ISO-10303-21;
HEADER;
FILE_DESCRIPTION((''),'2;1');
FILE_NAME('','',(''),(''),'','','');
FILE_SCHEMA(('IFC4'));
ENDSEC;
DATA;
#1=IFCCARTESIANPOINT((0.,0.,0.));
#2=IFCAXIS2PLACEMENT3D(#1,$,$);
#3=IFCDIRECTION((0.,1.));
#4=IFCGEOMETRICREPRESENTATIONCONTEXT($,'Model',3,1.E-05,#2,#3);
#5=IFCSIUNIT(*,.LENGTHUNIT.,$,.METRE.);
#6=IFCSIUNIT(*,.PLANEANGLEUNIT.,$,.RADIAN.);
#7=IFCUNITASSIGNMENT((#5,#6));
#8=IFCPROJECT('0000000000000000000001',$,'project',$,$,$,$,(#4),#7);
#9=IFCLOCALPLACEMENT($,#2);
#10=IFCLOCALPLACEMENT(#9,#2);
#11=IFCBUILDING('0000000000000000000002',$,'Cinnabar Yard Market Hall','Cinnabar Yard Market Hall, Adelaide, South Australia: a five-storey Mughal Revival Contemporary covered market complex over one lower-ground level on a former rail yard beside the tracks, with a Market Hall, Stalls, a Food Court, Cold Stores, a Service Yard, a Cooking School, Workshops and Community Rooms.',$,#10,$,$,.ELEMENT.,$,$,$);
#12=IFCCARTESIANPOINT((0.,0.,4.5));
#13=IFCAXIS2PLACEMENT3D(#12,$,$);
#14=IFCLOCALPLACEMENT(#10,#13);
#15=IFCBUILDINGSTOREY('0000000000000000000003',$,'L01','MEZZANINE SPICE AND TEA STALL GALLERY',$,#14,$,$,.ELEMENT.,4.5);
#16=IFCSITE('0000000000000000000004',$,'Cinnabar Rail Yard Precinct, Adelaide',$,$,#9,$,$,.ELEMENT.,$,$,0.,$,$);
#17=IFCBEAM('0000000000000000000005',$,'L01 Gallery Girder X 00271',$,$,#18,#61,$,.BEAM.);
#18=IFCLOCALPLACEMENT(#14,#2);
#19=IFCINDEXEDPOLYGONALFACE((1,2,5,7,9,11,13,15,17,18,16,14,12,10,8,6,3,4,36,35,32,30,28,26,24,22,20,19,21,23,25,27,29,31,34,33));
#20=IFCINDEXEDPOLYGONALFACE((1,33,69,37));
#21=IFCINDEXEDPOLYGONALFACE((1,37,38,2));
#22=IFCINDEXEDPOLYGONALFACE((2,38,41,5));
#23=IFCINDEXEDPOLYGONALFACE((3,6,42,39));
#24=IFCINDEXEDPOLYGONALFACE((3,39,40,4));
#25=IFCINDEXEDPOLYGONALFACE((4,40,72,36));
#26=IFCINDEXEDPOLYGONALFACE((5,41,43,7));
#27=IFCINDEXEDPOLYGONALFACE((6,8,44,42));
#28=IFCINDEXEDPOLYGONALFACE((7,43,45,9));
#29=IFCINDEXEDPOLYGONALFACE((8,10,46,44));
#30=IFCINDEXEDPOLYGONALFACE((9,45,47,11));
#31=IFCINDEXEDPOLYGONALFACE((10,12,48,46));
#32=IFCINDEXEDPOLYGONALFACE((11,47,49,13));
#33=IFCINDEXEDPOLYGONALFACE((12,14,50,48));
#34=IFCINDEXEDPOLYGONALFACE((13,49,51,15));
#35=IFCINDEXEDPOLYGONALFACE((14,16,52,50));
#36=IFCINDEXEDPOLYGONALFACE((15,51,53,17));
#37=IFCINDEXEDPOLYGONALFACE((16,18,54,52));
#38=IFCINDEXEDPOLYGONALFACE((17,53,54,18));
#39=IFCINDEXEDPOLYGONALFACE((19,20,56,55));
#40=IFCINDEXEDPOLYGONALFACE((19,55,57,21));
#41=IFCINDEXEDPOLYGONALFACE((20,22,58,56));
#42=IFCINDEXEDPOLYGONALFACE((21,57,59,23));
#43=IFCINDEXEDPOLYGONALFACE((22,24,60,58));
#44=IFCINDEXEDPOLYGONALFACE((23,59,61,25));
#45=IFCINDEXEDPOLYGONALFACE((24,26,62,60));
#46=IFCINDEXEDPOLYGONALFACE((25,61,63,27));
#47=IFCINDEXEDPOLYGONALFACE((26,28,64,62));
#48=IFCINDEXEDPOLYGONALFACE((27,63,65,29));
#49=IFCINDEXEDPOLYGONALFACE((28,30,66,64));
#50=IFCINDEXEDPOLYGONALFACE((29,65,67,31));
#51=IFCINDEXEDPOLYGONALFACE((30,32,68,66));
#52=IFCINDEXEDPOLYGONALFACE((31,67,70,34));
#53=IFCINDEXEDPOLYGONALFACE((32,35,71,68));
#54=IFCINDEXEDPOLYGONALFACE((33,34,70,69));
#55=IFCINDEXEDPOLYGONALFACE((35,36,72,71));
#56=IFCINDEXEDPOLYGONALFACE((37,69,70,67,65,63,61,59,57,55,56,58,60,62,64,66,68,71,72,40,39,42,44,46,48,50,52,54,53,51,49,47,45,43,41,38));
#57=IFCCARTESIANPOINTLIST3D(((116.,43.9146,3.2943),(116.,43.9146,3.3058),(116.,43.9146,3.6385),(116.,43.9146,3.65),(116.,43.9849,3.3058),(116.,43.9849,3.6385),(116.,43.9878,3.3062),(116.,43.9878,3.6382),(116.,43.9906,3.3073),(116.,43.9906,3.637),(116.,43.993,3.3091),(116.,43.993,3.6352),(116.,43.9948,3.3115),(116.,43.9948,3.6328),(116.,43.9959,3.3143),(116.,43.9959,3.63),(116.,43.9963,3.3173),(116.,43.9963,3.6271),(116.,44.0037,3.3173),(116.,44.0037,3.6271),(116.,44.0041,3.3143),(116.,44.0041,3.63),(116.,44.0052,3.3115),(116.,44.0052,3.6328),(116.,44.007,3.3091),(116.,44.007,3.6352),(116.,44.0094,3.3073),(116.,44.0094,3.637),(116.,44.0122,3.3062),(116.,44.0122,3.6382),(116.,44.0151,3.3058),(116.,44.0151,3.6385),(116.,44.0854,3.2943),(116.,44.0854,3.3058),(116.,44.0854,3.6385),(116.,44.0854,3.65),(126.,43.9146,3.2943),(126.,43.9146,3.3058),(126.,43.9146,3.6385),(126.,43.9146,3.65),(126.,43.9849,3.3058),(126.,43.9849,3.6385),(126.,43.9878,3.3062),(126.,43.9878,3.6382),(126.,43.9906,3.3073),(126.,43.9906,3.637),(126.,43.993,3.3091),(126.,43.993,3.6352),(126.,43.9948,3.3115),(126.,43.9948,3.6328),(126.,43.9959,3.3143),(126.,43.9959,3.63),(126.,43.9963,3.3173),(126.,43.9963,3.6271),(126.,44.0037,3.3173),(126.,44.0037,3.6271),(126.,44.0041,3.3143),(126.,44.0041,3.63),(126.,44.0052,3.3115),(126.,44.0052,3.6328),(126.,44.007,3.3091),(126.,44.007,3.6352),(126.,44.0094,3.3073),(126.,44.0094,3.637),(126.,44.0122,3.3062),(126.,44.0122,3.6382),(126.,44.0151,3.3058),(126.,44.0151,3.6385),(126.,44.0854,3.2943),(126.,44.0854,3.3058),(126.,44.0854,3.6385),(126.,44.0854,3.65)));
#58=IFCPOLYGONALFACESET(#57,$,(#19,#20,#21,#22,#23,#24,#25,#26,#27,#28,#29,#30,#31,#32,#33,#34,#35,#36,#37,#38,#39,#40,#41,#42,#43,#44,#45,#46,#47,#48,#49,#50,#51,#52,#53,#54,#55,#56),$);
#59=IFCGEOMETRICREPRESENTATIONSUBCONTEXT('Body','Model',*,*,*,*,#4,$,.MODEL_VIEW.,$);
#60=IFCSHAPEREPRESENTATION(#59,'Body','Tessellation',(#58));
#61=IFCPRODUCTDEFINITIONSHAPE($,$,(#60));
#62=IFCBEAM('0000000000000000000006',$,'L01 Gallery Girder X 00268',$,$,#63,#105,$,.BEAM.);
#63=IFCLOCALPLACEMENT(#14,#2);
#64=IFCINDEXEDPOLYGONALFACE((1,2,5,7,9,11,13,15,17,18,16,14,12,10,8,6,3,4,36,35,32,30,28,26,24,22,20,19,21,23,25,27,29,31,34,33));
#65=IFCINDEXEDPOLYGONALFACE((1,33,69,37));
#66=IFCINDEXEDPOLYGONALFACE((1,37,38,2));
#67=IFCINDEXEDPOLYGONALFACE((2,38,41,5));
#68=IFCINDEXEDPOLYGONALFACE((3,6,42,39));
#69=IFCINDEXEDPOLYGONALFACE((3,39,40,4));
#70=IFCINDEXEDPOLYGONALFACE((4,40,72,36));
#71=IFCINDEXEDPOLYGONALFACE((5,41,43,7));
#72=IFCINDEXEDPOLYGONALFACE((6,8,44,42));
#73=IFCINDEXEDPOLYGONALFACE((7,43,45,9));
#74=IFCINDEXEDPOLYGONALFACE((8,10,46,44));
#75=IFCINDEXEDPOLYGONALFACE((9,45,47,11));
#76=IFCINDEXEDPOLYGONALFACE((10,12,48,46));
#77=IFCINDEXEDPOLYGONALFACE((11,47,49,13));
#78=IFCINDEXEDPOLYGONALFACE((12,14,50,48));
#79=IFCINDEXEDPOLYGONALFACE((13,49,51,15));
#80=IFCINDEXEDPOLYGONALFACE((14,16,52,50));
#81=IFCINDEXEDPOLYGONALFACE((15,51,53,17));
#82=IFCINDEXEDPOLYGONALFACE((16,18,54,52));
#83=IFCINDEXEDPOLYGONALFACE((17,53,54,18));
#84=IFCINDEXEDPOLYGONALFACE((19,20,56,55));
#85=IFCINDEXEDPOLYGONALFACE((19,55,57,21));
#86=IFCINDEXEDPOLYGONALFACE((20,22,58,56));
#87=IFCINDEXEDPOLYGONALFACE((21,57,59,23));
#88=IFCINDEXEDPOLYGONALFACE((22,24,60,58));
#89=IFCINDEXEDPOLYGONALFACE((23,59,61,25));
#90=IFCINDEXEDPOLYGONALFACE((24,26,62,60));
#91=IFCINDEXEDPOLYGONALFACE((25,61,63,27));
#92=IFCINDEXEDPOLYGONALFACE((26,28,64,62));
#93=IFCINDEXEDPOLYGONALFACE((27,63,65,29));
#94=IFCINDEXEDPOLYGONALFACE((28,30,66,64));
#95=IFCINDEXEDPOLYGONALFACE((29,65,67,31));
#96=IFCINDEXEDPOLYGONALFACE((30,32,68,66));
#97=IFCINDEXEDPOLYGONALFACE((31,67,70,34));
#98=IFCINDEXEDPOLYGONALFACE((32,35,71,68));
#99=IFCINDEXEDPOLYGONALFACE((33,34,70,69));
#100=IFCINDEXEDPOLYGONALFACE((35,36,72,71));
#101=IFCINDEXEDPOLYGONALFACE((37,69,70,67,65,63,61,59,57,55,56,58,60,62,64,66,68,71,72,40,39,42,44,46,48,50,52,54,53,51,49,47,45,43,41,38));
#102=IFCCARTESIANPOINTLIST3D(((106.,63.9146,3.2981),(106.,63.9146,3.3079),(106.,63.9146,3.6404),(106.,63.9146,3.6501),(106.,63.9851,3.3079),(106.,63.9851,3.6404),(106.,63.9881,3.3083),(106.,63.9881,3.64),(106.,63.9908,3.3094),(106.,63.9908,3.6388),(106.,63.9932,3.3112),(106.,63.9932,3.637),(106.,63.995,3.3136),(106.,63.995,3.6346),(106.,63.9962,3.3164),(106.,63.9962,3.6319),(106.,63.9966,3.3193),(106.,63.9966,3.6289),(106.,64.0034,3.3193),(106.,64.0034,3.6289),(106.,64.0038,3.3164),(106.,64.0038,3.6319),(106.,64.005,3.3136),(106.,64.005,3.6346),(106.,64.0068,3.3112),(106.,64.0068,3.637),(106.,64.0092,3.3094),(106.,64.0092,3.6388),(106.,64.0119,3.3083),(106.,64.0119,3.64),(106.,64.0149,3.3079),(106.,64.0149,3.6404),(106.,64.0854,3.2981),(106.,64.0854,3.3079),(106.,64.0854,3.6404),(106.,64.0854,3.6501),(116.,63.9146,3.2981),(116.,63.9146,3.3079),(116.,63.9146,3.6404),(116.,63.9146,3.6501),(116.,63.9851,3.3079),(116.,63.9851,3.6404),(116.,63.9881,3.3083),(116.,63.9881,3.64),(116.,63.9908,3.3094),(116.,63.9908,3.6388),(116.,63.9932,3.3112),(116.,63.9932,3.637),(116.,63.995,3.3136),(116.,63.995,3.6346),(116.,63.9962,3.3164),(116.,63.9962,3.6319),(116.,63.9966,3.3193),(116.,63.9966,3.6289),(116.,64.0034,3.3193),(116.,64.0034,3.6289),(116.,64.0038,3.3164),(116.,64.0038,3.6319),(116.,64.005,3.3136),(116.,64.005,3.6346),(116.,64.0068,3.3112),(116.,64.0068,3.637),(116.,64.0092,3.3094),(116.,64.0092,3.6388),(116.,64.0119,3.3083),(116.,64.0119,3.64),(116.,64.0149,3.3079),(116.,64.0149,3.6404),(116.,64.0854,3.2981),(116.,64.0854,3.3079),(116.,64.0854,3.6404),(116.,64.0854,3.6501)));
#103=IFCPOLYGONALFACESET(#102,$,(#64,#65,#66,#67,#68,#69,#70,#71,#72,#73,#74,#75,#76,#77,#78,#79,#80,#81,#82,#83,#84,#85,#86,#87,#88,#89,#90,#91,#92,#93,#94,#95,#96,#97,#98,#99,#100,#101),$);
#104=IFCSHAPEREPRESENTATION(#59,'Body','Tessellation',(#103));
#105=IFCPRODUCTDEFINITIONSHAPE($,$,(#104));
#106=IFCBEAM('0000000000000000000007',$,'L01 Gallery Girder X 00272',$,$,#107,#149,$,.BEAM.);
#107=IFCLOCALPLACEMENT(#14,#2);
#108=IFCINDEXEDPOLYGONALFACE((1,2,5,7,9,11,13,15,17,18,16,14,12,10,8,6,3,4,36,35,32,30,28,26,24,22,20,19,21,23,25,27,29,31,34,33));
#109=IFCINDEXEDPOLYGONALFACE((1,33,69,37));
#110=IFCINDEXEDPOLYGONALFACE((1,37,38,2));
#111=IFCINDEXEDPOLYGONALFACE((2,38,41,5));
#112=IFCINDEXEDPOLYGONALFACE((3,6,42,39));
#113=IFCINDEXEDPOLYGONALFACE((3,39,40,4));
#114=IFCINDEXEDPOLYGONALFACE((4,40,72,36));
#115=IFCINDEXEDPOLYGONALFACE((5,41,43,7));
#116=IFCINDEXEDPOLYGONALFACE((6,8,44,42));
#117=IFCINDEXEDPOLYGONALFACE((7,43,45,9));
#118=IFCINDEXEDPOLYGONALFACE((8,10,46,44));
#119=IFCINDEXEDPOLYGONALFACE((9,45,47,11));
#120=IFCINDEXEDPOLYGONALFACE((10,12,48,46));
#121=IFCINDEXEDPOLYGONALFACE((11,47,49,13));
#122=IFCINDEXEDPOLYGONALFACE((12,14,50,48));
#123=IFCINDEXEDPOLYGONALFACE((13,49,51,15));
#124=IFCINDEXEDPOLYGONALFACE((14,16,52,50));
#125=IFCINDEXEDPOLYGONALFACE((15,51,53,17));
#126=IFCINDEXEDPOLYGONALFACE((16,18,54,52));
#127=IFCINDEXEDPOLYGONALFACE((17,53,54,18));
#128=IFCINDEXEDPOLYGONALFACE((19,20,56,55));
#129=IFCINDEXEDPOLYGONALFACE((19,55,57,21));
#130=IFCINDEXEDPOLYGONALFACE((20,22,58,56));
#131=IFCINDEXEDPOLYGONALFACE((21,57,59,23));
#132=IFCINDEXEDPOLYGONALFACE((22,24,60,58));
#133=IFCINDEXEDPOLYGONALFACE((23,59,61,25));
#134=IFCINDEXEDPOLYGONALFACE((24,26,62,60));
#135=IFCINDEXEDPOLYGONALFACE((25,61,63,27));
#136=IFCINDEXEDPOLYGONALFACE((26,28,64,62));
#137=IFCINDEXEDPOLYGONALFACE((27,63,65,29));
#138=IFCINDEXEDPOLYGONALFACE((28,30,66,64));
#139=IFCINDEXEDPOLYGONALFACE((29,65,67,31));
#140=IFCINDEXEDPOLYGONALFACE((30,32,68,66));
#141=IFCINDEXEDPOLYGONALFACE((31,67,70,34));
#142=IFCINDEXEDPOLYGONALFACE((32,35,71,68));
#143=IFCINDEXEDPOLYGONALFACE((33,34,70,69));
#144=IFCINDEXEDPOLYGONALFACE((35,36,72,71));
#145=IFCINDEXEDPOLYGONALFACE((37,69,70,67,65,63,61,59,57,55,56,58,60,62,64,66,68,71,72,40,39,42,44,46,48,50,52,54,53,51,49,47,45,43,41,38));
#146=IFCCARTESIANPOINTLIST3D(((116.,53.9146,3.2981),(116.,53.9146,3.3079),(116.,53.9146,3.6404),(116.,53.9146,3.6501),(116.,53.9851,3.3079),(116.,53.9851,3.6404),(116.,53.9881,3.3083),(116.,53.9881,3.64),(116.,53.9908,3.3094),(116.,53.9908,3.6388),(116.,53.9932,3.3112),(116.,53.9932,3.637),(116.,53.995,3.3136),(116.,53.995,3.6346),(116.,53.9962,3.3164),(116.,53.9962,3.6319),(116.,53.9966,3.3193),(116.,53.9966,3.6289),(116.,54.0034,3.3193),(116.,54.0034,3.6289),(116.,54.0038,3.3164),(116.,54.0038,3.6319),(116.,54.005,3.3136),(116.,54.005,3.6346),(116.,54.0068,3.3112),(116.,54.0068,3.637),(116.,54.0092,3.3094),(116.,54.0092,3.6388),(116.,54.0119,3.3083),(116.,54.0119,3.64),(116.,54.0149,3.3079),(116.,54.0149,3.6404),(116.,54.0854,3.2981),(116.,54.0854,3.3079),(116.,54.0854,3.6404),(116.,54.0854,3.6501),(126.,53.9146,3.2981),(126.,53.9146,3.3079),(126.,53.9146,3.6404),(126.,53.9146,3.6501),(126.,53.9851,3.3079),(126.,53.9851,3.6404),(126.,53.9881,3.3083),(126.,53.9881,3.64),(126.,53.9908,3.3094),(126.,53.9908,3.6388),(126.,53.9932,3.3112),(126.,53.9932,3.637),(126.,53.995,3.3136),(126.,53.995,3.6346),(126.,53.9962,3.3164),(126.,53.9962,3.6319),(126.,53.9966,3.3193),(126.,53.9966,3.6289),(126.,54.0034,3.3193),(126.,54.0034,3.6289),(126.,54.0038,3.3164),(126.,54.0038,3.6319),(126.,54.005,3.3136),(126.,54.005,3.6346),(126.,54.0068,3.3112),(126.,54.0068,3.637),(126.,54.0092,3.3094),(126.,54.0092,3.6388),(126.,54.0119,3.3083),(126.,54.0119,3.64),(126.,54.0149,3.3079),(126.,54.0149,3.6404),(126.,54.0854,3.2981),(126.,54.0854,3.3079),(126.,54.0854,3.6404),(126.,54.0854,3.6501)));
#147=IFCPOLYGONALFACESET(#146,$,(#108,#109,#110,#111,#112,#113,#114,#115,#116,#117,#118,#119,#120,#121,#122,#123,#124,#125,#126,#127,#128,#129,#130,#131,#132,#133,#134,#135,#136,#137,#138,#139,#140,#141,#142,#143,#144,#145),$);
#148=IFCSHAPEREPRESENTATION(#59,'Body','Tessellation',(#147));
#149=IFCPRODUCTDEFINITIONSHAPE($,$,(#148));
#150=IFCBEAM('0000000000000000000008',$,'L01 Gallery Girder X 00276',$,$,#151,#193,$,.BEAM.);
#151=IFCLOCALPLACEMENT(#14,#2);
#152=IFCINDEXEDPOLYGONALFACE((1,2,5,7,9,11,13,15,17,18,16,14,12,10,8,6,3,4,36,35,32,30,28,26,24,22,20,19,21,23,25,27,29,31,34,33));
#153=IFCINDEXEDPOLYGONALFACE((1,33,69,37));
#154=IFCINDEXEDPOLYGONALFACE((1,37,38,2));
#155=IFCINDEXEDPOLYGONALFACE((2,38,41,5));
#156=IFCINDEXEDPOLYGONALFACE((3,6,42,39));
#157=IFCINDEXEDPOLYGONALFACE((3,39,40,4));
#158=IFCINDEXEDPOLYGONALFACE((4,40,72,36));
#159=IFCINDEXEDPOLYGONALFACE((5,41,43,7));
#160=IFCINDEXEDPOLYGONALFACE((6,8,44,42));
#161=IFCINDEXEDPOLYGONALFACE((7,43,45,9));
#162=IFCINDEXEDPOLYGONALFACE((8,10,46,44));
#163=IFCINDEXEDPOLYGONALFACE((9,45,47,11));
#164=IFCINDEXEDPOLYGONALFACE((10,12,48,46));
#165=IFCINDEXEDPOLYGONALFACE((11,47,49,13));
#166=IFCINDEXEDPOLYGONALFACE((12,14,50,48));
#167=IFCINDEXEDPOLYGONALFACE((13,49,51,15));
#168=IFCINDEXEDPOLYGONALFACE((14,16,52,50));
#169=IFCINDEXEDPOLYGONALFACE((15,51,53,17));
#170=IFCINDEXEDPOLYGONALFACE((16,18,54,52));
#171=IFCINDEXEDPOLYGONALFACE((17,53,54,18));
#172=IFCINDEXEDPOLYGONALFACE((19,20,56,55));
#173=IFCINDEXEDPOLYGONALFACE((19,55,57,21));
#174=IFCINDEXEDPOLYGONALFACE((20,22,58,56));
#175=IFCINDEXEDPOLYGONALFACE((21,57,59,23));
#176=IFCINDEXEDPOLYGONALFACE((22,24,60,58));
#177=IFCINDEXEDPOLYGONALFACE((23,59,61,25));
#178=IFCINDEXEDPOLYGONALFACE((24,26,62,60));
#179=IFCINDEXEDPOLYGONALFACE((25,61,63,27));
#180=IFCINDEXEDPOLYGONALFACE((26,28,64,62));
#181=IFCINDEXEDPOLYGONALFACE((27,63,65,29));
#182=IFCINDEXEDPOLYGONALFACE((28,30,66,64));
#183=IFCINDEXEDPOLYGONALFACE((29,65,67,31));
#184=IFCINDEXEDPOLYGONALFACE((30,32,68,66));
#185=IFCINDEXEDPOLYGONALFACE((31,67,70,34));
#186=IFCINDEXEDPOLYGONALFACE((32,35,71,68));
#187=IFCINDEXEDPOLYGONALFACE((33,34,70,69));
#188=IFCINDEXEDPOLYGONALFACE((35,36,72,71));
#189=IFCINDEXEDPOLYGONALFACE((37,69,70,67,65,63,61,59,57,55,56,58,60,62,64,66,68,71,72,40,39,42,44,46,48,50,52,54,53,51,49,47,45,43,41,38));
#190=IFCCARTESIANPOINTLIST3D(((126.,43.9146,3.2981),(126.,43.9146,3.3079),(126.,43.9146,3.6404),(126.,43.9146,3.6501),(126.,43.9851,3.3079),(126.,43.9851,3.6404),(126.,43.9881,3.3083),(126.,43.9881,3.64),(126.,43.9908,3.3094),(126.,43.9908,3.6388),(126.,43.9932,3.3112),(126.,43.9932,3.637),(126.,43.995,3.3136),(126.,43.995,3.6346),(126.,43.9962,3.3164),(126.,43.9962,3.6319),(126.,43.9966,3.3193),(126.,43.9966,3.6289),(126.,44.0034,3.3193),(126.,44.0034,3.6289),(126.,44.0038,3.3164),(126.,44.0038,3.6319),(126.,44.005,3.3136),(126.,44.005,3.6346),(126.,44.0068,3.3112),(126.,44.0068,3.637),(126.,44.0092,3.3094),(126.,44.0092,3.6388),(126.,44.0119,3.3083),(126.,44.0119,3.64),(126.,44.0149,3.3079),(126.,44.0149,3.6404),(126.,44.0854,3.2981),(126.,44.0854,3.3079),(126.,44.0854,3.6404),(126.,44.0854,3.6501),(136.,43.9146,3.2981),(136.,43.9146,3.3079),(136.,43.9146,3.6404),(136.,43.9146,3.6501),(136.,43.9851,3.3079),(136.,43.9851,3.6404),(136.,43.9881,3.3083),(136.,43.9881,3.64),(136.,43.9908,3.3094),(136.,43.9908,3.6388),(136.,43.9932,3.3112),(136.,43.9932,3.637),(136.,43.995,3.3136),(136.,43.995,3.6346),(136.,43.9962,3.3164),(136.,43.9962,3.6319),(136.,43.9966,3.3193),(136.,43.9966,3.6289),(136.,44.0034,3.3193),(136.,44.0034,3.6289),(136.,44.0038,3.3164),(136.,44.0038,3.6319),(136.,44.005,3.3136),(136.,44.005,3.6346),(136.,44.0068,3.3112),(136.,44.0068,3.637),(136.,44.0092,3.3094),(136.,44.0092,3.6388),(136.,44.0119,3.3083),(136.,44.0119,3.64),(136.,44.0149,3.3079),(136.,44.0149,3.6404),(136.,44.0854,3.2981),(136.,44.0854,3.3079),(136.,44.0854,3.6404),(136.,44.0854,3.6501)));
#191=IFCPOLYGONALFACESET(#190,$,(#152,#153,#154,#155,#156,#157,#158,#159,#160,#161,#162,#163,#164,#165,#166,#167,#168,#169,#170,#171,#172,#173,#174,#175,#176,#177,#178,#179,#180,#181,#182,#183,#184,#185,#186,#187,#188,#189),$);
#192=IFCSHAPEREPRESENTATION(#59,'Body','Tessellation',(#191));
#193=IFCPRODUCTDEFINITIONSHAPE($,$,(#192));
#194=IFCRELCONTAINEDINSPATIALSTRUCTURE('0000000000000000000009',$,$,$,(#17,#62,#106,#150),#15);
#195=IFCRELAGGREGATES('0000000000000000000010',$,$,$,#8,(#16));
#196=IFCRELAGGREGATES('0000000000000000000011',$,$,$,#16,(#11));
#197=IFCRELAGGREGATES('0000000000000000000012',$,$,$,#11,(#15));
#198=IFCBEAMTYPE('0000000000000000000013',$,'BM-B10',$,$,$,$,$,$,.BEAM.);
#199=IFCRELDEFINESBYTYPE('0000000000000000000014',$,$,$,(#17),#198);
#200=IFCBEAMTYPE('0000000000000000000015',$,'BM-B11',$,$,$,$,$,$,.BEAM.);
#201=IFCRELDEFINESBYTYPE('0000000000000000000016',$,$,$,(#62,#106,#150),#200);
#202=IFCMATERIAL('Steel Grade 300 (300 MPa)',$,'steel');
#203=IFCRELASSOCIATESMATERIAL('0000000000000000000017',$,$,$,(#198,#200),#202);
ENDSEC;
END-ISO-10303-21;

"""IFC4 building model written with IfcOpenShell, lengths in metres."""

from ifc_helpers import new_model, si_unit, direction, frame, origin, origin_2d_with_axis, place, context, subcontext, project, spatial, i_section, extrude, material, material_profile, profile_set, type_object, element, save


model = new_model("IFC4")

# Units and contexts
model_context = context("Model", 3, precision=1e-05, world=origin(), true_north=direction((0.0, 1.0)))
body_context = subcontext(model_context, "Body", "Model", "MODEL_VIEW")
ifc_project = project(units=[si_unit("LENGTHUNIT", "METRE"), si_unit("PLANEANGLEUNIT", "RADIAN")], contexts=[model_context])

# Site, building, storey
site_placement = place(None, origin())
site = spatial("IfcSite", under=ifc_project, at=site_placement, Name="Cinnabar Rail Yard Precinct, Adelaide", CompositionType="ELEMENT", RefElevation=0.0)
building_placement = place(site_placement, origin())
building = spatial("IfcBuilding", under=site, at=building_placement, Name="Cinnabar Yard Market Hall", Description="Cinnabar Yard Market Hall, Adelaide, South Australia: a five-storey Mughal Revival Contemporary covered market complex over one lower-ground level on a former rail yard beside the tracks, with a Market Hall, Stalls, a Food Court, Cold Stores, a Service Yard, a Cooking School, Workshops and Community Rooms.", CompositionType="ELEMENT")
storey_placement = place(building_placement, frame((0.0, 0.0, 4.5)))
storey = spatial("IfcBuildingStorey", under=building, at=storey_placement, Name="L01", Description="MEZZANINE SPICE AND TEA STALL GALLERY", CompositionType="ELEMENT", Elevation=4.5)

# Beams
ifc_material_1 = material(Name="Steel Grade 300 (300 MPa)", Category="steel")
ifc_material_profile_1 = material_profile(ifc_material_1, i_section(OverallWidth=0.1709, OverallDepth=0.3557, WebThickness=0.0073, FlangeThickness=0.0115, FilletRadius=0.0115, at=origin_2d_with_axis()), Name="360UB50.7")
ifc_profile_set_1 = profile_set([ifc_material_profile_1], Name="Steel Grade 300 (300 MPa)")
beam_type_1 = type_object("IfcBeamType", Name="BM-B10", PredefinedType="BEAM", material=ifc_profile_set_1)
for number, where, z_axis, x_axis, name in (
    (1, (116.0, 44.0, 3.4722), (1.0, 0.0, 0.0), (0.0, 1.0, 0.0), "L01 Gallery Girder X 00271"),
):
    element("IfcBeam", number, at=place(storey_placement, frame(where, z_axis=z_axis, x_axis=x_axis)), inside=storey, type_object=beam_type_1, Name=name, PredefinedType="BEAM", context=body_context, shape_type="SweptSolid", body=[
        extrude(i_section(OverallWidth=0.1709, OverallDepth=0.3557, WebThickness=0.0073, FlangeThickness=0.0115, FilletRadius=0.0115, at=origin_2d_with_axis()), origin(), (0.0, 0.0, 1.0), 10.0),
    ])
ifc_material_profile_2 = material_profile(ifc_material_1, i_section(OverallWidth=0.1709, OverallDepth=0.3521, WebThickness=0.0068, FlangeThickness=0.0098, FilletRadius=0.0115, at=origin_2d_with_axis()), Name="360UB44.7")
ifc_profile_set_2 = profile_set([ifc_material_profile_2], Name="Steel Grade 300 (300 MPa)")
beam_type_2 = type_object("IfcBeamType", Name="BM-B11", PredefinedType="BEAM", material=ifc_profile_set_2)
for number, where, z_axis, x_axis, name in (
    (2, (106.0, 64.0, 3.4741), (1.0, 0.0, 0.0), (0.0, 1.0, 0.0), "L01 Gallery Girder X 00268"),
    (3, (116.0, 54.0, 3.4741), (1.0, 0.0, 0.0), (0.0, 1.0, 0.0), "L01 Gallery Girder X 00272"),
    (4, (126.0, 44.0, 3.4741), (1.0, 0.0, 0.0), (0.0, 1.0, 0.0), "L01 Gallery Girder X 00276"),
):
    element("IfcBeam", number, at=place(storey_placement, frame(where, z_axis=z_axis, x_axis=x_axis)), inside=storey, type_object=beam_type_2, Name=name, PredefinedType="BEAM", context=body_context, shape_type="SweptSolid", body=[
        extrude(i_section(OverallWidth=0.1709, OverallDepth=0.3521, WebThickness=0.0068, FlangeThickness=0.0098, FilletRadius=0.0115, at=origin_2d_with_axis()), origin(), (0.0, 0.0, 1.0), 10.0),
    ])

save(model, "model.ifc")
